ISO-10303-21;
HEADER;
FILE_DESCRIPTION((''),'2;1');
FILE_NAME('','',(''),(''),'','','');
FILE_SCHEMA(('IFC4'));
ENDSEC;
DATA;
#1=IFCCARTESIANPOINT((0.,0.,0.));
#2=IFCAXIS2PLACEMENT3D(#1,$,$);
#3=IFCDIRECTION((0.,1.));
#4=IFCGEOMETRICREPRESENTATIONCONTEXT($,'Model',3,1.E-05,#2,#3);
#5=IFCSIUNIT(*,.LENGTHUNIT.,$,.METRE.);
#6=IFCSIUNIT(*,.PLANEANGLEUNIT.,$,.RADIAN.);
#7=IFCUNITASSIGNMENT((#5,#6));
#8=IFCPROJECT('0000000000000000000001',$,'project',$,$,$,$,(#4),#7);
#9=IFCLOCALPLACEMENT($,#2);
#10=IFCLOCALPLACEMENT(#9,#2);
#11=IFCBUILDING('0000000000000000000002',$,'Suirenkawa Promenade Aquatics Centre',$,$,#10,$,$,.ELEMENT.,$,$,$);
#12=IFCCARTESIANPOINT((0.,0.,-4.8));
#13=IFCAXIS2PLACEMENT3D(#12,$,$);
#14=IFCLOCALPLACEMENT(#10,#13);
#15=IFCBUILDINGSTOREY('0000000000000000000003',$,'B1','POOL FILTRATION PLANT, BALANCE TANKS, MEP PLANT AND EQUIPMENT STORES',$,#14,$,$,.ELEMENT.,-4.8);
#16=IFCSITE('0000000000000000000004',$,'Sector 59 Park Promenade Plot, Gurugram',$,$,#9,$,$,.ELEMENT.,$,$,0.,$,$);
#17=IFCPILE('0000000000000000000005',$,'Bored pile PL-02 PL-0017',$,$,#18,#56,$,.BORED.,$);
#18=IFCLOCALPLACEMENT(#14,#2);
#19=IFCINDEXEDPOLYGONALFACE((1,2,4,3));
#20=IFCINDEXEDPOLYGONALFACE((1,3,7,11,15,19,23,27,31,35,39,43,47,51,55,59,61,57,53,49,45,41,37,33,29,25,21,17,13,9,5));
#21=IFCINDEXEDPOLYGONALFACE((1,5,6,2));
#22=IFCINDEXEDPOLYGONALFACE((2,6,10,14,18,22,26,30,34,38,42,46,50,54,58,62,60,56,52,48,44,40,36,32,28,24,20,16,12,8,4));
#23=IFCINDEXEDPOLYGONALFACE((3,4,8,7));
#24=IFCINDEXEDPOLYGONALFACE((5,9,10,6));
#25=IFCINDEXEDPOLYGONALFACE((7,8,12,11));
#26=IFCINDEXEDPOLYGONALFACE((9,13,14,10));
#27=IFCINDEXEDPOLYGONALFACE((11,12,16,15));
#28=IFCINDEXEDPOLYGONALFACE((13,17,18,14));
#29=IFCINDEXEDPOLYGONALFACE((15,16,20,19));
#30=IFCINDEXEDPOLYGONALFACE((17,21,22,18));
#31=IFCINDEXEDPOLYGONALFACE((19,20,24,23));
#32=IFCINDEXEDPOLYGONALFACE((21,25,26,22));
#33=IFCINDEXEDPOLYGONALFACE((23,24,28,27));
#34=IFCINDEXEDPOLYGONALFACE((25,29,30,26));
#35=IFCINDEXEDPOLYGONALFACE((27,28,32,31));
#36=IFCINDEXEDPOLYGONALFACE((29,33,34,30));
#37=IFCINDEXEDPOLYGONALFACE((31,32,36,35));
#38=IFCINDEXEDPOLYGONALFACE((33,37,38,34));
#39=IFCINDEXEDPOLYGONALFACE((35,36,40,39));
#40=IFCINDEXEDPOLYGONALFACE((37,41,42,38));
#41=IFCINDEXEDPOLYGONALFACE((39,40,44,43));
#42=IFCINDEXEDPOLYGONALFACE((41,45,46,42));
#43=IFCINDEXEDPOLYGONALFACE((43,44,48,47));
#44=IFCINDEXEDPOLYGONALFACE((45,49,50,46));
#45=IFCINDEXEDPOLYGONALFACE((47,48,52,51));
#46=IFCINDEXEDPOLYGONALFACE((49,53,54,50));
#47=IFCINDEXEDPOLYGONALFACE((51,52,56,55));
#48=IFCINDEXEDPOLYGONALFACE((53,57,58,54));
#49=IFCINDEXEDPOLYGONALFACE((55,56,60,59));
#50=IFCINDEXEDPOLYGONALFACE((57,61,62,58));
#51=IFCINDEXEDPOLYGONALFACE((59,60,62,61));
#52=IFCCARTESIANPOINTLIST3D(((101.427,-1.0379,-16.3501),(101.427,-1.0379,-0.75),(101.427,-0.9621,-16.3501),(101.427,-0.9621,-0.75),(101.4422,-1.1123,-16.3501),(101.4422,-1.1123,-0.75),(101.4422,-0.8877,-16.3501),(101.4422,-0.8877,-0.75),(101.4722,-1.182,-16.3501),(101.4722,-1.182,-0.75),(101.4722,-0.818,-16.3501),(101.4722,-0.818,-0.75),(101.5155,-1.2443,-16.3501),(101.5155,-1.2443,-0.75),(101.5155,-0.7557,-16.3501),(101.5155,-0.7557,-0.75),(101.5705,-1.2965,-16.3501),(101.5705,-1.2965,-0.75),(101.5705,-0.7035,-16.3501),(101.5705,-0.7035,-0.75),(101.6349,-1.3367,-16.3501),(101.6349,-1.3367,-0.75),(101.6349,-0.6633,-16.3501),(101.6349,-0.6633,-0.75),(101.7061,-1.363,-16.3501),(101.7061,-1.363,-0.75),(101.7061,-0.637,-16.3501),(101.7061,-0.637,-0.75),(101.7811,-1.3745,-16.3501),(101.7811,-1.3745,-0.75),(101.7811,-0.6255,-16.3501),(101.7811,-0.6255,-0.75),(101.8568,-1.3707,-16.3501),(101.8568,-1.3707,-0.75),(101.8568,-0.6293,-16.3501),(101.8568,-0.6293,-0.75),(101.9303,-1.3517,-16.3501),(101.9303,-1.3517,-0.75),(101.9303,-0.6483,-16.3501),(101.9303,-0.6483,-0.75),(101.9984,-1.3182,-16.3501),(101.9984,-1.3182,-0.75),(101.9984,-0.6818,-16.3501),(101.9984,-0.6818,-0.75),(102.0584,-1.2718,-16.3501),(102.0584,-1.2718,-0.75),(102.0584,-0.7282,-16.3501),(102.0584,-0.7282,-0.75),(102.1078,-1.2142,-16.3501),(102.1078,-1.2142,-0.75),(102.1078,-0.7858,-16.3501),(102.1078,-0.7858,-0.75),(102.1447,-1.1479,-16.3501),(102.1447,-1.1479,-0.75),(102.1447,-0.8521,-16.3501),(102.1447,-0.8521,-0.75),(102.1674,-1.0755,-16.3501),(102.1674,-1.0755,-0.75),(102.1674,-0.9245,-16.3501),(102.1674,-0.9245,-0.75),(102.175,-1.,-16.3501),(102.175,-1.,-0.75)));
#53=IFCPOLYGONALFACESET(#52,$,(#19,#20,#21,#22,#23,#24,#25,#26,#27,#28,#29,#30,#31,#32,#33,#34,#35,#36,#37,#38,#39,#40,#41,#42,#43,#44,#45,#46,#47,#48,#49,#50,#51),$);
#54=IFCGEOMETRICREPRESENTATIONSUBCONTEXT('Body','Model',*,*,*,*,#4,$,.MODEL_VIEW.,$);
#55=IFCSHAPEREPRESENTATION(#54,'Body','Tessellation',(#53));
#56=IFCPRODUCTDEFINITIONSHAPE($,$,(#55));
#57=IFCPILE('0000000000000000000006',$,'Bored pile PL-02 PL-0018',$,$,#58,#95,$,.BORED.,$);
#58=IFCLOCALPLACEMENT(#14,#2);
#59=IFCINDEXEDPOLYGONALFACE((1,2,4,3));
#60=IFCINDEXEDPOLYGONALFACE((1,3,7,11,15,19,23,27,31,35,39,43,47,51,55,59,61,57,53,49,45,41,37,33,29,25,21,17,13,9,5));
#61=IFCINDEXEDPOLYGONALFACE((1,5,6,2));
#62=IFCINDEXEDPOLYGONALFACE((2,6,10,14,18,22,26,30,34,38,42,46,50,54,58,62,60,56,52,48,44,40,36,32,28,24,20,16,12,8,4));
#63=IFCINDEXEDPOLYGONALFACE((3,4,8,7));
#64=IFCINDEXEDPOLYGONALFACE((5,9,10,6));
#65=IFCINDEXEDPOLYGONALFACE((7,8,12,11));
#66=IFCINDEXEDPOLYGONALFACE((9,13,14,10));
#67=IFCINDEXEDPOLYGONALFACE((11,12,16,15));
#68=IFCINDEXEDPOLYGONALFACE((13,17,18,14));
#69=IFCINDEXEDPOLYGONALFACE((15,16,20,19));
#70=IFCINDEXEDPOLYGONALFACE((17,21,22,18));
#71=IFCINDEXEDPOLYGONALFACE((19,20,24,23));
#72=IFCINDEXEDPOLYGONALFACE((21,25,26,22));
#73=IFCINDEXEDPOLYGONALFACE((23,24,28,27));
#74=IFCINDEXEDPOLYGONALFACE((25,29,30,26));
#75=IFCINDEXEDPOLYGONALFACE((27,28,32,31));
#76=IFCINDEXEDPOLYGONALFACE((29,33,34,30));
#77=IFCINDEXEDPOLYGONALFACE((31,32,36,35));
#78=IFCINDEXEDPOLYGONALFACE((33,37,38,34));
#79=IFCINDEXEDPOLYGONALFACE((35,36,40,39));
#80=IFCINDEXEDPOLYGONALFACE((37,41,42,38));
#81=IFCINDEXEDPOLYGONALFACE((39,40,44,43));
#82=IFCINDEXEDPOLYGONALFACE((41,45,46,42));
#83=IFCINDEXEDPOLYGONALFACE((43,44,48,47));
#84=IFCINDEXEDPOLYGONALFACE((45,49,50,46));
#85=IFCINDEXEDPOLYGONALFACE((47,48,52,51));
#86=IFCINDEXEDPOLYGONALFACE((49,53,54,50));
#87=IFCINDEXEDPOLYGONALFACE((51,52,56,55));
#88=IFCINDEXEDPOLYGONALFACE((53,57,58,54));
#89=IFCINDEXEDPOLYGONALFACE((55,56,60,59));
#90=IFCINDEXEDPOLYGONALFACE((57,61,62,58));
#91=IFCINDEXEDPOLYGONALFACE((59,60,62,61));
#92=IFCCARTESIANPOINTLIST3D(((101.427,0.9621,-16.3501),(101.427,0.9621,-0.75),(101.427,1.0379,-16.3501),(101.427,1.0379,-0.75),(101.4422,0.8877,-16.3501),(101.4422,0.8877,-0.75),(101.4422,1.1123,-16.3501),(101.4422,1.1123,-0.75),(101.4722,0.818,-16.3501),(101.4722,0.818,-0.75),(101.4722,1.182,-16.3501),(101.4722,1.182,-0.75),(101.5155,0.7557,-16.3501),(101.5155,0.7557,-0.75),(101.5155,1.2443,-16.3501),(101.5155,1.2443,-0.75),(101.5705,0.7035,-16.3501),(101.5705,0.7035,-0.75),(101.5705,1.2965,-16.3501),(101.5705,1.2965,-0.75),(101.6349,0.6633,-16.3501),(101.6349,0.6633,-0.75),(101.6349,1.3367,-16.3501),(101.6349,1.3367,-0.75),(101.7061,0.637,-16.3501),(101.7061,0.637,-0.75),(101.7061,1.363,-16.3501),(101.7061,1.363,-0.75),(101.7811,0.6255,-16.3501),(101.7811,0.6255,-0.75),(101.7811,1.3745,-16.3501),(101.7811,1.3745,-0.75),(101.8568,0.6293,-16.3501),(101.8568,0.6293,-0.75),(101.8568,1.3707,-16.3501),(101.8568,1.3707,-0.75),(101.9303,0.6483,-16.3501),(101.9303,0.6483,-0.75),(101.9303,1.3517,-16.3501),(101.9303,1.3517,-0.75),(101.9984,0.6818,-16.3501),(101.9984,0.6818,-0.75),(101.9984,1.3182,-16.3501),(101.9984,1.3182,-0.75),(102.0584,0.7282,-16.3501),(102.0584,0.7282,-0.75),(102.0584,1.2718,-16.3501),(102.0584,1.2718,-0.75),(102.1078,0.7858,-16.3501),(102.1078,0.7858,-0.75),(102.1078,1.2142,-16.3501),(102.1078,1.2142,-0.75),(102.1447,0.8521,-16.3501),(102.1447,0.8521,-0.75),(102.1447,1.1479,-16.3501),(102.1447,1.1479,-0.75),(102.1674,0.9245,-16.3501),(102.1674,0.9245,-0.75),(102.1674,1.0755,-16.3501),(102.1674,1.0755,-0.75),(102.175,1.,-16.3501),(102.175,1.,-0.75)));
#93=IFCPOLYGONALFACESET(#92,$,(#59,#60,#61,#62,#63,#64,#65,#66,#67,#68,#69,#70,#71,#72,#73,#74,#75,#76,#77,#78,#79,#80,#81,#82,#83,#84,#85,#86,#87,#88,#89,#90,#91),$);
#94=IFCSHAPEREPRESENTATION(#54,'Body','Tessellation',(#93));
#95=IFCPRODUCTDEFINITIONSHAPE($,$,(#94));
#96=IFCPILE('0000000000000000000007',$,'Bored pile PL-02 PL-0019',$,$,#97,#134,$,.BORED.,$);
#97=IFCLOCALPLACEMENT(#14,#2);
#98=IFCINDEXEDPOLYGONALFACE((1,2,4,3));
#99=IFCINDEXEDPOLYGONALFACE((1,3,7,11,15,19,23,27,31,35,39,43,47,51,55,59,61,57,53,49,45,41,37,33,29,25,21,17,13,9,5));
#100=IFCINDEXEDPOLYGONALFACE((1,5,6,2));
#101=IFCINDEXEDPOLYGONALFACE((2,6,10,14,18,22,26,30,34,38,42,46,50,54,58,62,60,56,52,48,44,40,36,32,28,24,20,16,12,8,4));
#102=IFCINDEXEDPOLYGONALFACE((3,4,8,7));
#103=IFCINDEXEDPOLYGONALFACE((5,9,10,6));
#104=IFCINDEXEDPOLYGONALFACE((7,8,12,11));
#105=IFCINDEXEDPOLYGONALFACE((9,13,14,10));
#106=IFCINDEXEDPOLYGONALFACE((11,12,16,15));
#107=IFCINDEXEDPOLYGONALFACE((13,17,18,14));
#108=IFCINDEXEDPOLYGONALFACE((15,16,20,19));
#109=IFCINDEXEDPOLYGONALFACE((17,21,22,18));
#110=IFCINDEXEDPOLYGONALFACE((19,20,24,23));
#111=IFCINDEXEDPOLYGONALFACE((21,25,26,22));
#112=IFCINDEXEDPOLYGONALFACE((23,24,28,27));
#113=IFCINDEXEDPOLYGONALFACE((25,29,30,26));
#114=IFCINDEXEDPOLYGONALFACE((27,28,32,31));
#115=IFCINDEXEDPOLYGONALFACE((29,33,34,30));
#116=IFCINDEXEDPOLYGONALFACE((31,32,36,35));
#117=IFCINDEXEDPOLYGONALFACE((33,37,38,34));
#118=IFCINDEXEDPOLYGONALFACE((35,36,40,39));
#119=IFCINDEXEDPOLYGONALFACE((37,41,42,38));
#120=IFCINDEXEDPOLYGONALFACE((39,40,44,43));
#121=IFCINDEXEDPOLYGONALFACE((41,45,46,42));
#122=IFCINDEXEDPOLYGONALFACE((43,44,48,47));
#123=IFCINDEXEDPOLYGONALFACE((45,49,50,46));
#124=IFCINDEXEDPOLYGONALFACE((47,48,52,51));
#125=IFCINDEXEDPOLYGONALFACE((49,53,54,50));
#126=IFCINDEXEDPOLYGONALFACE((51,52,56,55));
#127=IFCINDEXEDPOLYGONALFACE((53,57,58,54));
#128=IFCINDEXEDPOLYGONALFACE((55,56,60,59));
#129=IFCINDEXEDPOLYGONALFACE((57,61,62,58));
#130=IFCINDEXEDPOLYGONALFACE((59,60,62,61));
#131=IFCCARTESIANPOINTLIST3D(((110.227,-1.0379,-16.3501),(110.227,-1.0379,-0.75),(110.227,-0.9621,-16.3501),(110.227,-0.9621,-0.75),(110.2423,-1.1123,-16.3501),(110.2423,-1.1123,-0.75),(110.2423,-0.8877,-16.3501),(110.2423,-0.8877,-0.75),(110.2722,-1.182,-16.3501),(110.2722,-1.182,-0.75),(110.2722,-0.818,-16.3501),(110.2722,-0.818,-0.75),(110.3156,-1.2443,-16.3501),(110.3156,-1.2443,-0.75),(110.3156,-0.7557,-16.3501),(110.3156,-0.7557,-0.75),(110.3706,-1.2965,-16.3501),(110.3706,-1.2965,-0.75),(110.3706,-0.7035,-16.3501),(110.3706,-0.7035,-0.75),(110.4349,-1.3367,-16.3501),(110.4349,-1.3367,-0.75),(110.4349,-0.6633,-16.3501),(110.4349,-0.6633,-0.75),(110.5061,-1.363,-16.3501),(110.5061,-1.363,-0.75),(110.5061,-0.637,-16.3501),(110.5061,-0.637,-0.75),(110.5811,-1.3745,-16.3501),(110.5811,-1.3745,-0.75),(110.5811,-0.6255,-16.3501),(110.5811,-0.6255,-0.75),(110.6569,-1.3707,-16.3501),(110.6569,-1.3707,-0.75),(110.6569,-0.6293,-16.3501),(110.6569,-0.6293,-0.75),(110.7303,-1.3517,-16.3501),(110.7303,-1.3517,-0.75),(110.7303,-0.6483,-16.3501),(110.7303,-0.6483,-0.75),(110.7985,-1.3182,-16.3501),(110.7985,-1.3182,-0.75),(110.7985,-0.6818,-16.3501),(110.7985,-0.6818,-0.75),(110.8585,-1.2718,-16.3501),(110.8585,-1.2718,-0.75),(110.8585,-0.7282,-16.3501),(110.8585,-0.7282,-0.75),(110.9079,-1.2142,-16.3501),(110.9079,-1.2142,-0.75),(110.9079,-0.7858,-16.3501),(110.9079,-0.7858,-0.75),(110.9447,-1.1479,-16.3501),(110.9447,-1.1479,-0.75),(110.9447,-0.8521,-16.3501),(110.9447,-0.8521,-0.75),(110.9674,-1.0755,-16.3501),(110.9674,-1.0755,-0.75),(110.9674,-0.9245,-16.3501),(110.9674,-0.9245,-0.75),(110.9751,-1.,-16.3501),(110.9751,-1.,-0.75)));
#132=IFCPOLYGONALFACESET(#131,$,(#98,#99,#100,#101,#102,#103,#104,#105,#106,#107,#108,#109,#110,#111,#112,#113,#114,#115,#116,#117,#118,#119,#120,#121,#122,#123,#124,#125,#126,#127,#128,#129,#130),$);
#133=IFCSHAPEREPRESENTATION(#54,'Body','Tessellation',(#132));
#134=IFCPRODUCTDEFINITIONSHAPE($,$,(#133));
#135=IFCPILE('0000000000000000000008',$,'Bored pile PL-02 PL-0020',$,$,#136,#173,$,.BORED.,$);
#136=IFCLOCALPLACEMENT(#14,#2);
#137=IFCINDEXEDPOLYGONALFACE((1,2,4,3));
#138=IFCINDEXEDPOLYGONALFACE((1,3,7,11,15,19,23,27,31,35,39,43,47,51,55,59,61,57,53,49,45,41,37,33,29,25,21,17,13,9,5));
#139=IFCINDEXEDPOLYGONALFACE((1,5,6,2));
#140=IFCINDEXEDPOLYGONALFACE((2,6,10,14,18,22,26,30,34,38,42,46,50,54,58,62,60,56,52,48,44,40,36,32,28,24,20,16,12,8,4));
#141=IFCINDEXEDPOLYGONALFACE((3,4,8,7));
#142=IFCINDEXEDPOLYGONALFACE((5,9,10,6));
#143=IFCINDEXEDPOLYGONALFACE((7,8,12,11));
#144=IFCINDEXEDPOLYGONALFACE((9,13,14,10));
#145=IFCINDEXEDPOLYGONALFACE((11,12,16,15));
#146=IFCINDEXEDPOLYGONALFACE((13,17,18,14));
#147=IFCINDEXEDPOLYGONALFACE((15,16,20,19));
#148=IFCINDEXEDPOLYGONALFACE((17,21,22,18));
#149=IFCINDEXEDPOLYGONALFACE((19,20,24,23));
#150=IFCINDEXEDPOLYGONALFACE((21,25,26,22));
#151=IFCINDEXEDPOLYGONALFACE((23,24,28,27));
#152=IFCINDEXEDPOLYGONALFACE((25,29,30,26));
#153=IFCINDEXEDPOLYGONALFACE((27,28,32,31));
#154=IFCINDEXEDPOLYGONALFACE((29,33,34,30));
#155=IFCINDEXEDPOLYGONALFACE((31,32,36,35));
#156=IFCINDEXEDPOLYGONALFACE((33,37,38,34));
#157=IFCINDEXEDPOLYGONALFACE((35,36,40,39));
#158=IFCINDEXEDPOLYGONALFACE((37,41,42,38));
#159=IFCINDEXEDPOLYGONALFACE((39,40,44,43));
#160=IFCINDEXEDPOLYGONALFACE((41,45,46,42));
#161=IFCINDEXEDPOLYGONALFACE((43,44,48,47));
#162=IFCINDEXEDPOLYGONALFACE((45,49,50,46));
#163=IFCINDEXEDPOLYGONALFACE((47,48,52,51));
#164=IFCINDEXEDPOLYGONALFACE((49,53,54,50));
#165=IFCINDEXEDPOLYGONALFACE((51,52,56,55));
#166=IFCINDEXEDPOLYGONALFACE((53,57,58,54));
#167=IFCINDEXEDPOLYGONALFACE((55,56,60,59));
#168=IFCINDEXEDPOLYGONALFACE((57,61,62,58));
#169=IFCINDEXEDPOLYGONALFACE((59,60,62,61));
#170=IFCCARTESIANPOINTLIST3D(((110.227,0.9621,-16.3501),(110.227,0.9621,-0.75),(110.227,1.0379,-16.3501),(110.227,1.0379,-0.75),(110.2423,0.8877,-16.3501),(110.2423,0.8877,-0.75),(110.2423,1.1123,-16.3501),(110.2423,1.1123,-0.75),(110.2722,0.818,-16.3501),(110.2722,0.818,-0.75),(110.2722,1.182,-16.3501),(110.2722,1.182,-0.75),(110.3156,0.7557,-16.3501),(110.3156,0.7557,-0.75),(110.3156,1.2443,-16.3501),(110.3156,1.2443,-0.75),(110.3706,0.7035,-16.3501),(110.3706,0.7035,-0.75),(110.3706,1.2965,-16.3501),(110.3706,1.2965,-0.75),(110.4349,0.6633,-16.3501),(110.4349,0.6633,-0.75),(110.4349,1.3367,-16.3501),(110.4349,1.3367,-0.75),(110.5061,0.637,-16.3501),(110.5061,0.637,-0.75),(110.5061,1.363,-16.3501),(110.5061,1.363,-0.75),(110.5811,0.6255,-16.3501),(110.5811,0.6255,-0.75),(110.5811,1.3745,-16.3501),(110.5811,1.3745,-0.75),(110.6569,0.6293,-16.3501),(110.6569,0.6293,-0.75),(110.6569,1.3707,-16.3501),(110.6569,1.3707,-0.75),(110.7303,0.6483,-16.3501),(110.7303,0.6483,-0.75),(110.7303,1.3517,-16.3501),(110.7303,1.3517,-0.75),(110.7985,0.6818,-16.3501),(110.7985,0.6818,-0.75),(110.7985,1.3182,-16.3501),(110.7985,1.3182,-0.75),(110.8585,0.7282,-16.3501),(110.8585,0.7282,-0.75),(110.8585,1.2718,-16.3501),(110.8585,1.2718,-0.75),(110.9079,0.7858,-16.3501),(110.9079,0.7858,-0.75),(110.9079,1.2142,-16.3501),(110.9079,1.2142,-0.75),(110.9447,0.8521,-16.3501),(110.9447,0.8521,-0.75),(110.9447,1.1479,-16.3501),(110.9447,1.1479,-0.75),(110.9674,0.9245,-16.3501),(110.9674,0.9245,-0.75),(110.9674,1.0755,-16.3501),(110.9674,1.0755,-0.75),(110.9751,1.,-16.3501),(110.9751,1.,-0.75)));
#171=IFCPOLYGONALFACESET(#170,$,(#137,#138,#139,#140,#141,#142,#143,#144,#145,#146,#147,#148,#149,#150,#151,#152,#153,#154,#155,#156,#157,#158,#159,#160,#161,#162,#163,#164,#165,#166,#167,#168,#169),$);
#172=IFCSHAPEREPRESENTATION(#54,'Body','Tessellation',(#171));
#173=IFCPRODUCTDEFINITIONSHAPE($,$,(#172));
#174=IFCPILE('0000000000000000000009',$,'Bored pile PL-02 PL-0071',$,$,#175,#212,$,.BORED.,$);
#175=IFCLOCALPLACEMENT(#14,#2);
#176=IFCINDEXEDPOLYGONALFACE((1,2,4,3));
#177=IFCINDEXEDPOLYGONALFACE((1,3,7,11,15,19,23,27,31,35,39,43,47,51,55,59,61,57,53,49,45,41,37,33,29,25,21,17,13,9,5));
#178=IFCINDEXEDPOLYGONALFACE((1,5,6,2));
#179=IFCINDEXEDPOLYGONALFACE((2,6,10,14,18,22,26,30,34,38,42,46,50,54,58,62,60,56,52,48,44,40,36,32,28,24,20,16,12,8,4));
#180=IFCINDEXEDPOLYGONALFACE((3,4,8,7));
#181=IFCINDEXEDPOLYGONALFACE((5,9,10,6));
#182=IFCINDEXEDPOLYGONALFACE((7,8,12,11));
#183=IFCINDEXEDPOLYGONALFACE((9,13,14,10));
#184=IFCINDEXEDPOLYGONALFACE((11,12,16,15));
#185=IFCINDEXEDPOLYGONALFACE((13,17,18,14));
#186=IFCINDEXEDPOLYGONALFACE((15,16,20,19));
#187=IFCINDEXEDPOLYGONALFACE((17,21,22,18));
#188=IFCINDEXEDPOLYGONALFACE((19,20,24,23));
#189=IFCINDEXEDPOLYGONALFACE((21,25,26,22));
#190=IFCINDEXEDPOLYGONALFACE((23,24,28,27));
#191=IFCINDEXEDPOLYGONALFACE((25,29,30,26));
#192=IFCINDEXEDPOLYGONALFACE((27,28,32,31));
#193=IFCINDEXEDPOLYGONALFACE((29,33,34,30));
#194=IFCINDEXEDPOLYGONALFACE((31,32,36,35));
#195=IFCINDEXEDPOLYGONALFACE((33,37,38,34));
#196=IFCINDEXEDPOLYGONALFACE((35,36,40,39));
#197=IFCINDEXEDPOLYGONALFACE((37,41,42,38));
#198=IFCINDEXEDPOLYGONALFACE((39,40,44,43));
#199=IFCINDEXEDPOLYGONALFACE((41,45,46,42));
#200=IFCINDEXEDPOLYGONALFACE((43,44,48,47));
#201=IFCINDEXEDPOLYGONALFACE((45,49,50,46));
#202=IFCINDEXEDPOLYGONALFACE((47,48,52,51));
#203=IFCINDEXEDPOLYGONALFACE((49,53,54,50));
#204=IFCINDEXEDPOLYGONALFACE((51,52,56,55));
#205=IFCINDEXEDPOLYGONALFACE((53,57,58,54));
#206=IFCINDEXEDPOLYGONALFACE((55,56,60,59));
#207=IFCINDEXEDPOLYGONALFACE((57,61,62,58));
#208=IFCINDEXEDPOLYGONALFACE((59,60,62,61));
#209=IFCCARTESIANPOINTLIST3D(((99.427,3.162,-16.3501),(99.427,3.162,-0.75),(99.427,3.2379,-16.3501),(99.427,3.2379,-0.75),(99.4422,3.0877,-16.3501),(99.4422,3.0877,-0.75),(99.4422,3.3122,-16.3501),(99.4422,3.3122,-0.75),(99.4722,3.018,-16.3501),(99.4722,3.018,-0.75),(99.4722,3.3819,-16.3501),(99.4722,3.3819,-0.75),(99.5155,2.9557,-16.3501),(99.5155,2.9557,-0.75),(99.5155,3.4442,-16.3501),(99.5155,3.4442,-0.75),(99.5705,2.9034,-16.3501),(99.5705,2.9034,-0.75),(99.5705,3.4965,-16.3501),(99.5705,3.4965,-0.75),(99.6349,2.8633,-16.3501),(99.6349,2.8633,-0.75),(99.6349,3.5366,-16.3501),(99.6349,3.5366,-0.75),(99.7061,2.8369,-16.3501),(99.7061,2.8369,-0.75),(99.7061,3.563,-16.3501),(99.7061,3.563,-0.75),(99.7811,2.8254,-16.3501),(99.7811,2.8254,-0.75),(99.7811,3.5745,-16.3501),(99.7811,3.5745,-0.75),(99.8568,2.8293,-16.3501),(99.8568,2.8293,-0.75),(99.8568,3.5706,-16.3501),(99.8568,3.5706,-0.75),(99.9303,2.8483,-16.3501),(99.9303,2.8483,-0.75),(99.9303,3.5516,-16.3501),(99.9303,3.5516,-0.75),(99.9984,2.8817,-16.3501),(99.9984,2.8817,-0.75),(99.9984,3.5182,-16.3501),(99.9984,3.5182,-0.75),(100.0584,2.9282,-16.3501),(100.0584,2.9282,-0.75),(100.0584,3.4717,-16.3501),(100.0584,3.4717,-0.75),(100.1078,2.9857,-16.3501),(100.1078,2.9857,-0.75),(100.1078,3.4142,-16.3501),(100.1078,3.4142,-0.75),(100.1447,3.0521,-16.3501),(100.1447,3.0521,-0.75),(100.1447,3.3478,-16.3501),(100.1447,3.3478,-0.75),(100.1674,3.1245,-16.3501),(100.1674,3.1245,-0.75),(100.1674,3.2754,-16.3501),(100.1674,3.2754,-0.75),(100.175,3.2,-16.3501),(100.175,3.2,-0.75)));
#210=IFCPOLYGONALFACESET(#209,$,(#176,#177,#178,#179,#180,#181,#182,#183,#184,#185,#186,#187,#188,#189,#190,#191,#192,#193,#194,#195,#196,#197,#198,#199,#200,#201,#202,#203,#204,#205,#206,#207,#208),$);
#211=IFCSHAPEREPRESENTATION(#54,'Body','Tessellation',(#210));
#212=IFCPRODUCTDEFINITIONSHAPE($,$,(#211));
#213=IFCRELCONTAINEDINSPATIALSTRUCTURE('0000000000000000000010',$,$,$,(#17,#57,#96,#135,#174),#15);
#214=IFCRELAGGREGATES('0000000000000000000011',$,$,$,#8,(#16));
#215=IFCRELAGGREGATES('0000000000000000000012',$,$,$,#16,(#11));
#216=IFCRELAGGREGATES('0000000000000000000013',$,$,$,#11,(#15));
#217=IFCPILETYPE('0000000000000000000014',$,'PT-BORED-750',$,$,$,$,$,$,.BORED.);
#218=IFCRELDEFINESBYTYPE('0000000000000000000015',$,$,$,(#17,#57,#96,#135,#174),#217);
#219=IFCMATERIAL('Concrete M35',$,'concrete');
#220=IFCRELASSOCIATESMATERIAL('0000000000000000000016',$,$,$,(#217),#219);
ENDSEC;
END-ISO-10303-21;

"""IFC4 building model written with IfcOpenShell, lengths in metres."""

from ifc_helpers import new_model, si_unit, direction, frame, origin, origin_2d, place, context, subcontext, project, spatial, circle, extrude, material, material_profile, profile_set, type_object, element, save


model = new_model("IFC4")

# Units and contexts
model_context = context("Model", 3, precision=1e-05, world=origin(), true_north=direction((0.0, 1.0)))
body_context = subcontext(model_context, "Body", "Model", "MODEL_VIEW")
ifc_project = project(units=[si_unit("LENGTHUNIT", "METRE"), si_unit("PLANEANGLEUNIT", "RADIAN")], contexts=[model_context])

# Site, building, storey
site_placement = place(None, origin())
site = spatial("IfcSite", under=ifc_project, at=site_placement, Name="Sector 59 Park Promenade Plot, Gurugram", CompositionType="ELEMENT", RefElevation=0.0)
building_placement = place(site_placement, origin())
building = spatial("IfcBuilding", under=site, at=building_placement, Name="Suirenkawa Promenade Aquatics Centre", CompositionType="ELEMENT")
storey_placement = place(building_placement, frame((0.0, 0.0, -4.8)))
storey = spatial("IfcBuildingStorey", under=building, at=storey_placement, Name="B1", Description="POOL FILTRATION PLANT, BALANCE TANKS, MEP PLANT AND EQUIPMENT STORES", CompositionType="ELEMENT", Elevation=-4.8)

# Shared definitions
ifc_material_1 = material(Name="Concrete M35", Category="concrete")

# Piles
ifc_material_profile_1 = material_profile(ifc_material_1, circle(Radius=0.375, at=origin_2d()), Name="PILE D750", Category="concrete")
ifc_profile_set_1 = profile_set([ifc_material_profile_1], Name="Concrete M35")
pile_type = type_object("IfcPileType", Name="PT-BORED-750", PredefinedType="BORED", material=ifc_profile_set_1)
for number, where, z_axis, x_axis, name in (
    (1, (101.8, -1.0, -0.75), (0.0, 0.0, -1.0), (1.0, 0.0, 0.0), "Bored pile PL-02 PL-0017"),
    (2, (101.8, 1.0, -0.75), (0.0, 0.0, -1.0), (1.0, 0.0, 0.0), "Bored pile PL-02 PL-0018"),
    (3, (110.6001, -1.0, -0.75), (0.0, 0.0, -1.0), (1.0, 0.0, 0.0), "Bored pile PL-02 PL-0019"),
    (4, (110.6001, 1.0, -0.75), (0.0, 0.0, -1.0), (1.0, 0.0, 0.0), "Bored pile PL-02 PL-0020"),
    (5, (99.8, 3.2, -0.75), (0.0, 0.0, -1.0), (1.0, 0.0, 0.0), "Bored pile PL-02 PL-0071"),
):
    element("IfcPile", number, at=place(storey_placement, frame(where, z_axis=z_axis, x_axis=x_axis)), inside=storey, type_object=pile_type, Name=name, PredefinedType="BORED", context=body_context, shape_type="SweptSolid", body=[
        extrude(circle(Radius=0.375, at=origin_2d()), origin(), (0.0, 0.0, 1.0), 15.6001),
    ])

save(model, "model.ifc")
